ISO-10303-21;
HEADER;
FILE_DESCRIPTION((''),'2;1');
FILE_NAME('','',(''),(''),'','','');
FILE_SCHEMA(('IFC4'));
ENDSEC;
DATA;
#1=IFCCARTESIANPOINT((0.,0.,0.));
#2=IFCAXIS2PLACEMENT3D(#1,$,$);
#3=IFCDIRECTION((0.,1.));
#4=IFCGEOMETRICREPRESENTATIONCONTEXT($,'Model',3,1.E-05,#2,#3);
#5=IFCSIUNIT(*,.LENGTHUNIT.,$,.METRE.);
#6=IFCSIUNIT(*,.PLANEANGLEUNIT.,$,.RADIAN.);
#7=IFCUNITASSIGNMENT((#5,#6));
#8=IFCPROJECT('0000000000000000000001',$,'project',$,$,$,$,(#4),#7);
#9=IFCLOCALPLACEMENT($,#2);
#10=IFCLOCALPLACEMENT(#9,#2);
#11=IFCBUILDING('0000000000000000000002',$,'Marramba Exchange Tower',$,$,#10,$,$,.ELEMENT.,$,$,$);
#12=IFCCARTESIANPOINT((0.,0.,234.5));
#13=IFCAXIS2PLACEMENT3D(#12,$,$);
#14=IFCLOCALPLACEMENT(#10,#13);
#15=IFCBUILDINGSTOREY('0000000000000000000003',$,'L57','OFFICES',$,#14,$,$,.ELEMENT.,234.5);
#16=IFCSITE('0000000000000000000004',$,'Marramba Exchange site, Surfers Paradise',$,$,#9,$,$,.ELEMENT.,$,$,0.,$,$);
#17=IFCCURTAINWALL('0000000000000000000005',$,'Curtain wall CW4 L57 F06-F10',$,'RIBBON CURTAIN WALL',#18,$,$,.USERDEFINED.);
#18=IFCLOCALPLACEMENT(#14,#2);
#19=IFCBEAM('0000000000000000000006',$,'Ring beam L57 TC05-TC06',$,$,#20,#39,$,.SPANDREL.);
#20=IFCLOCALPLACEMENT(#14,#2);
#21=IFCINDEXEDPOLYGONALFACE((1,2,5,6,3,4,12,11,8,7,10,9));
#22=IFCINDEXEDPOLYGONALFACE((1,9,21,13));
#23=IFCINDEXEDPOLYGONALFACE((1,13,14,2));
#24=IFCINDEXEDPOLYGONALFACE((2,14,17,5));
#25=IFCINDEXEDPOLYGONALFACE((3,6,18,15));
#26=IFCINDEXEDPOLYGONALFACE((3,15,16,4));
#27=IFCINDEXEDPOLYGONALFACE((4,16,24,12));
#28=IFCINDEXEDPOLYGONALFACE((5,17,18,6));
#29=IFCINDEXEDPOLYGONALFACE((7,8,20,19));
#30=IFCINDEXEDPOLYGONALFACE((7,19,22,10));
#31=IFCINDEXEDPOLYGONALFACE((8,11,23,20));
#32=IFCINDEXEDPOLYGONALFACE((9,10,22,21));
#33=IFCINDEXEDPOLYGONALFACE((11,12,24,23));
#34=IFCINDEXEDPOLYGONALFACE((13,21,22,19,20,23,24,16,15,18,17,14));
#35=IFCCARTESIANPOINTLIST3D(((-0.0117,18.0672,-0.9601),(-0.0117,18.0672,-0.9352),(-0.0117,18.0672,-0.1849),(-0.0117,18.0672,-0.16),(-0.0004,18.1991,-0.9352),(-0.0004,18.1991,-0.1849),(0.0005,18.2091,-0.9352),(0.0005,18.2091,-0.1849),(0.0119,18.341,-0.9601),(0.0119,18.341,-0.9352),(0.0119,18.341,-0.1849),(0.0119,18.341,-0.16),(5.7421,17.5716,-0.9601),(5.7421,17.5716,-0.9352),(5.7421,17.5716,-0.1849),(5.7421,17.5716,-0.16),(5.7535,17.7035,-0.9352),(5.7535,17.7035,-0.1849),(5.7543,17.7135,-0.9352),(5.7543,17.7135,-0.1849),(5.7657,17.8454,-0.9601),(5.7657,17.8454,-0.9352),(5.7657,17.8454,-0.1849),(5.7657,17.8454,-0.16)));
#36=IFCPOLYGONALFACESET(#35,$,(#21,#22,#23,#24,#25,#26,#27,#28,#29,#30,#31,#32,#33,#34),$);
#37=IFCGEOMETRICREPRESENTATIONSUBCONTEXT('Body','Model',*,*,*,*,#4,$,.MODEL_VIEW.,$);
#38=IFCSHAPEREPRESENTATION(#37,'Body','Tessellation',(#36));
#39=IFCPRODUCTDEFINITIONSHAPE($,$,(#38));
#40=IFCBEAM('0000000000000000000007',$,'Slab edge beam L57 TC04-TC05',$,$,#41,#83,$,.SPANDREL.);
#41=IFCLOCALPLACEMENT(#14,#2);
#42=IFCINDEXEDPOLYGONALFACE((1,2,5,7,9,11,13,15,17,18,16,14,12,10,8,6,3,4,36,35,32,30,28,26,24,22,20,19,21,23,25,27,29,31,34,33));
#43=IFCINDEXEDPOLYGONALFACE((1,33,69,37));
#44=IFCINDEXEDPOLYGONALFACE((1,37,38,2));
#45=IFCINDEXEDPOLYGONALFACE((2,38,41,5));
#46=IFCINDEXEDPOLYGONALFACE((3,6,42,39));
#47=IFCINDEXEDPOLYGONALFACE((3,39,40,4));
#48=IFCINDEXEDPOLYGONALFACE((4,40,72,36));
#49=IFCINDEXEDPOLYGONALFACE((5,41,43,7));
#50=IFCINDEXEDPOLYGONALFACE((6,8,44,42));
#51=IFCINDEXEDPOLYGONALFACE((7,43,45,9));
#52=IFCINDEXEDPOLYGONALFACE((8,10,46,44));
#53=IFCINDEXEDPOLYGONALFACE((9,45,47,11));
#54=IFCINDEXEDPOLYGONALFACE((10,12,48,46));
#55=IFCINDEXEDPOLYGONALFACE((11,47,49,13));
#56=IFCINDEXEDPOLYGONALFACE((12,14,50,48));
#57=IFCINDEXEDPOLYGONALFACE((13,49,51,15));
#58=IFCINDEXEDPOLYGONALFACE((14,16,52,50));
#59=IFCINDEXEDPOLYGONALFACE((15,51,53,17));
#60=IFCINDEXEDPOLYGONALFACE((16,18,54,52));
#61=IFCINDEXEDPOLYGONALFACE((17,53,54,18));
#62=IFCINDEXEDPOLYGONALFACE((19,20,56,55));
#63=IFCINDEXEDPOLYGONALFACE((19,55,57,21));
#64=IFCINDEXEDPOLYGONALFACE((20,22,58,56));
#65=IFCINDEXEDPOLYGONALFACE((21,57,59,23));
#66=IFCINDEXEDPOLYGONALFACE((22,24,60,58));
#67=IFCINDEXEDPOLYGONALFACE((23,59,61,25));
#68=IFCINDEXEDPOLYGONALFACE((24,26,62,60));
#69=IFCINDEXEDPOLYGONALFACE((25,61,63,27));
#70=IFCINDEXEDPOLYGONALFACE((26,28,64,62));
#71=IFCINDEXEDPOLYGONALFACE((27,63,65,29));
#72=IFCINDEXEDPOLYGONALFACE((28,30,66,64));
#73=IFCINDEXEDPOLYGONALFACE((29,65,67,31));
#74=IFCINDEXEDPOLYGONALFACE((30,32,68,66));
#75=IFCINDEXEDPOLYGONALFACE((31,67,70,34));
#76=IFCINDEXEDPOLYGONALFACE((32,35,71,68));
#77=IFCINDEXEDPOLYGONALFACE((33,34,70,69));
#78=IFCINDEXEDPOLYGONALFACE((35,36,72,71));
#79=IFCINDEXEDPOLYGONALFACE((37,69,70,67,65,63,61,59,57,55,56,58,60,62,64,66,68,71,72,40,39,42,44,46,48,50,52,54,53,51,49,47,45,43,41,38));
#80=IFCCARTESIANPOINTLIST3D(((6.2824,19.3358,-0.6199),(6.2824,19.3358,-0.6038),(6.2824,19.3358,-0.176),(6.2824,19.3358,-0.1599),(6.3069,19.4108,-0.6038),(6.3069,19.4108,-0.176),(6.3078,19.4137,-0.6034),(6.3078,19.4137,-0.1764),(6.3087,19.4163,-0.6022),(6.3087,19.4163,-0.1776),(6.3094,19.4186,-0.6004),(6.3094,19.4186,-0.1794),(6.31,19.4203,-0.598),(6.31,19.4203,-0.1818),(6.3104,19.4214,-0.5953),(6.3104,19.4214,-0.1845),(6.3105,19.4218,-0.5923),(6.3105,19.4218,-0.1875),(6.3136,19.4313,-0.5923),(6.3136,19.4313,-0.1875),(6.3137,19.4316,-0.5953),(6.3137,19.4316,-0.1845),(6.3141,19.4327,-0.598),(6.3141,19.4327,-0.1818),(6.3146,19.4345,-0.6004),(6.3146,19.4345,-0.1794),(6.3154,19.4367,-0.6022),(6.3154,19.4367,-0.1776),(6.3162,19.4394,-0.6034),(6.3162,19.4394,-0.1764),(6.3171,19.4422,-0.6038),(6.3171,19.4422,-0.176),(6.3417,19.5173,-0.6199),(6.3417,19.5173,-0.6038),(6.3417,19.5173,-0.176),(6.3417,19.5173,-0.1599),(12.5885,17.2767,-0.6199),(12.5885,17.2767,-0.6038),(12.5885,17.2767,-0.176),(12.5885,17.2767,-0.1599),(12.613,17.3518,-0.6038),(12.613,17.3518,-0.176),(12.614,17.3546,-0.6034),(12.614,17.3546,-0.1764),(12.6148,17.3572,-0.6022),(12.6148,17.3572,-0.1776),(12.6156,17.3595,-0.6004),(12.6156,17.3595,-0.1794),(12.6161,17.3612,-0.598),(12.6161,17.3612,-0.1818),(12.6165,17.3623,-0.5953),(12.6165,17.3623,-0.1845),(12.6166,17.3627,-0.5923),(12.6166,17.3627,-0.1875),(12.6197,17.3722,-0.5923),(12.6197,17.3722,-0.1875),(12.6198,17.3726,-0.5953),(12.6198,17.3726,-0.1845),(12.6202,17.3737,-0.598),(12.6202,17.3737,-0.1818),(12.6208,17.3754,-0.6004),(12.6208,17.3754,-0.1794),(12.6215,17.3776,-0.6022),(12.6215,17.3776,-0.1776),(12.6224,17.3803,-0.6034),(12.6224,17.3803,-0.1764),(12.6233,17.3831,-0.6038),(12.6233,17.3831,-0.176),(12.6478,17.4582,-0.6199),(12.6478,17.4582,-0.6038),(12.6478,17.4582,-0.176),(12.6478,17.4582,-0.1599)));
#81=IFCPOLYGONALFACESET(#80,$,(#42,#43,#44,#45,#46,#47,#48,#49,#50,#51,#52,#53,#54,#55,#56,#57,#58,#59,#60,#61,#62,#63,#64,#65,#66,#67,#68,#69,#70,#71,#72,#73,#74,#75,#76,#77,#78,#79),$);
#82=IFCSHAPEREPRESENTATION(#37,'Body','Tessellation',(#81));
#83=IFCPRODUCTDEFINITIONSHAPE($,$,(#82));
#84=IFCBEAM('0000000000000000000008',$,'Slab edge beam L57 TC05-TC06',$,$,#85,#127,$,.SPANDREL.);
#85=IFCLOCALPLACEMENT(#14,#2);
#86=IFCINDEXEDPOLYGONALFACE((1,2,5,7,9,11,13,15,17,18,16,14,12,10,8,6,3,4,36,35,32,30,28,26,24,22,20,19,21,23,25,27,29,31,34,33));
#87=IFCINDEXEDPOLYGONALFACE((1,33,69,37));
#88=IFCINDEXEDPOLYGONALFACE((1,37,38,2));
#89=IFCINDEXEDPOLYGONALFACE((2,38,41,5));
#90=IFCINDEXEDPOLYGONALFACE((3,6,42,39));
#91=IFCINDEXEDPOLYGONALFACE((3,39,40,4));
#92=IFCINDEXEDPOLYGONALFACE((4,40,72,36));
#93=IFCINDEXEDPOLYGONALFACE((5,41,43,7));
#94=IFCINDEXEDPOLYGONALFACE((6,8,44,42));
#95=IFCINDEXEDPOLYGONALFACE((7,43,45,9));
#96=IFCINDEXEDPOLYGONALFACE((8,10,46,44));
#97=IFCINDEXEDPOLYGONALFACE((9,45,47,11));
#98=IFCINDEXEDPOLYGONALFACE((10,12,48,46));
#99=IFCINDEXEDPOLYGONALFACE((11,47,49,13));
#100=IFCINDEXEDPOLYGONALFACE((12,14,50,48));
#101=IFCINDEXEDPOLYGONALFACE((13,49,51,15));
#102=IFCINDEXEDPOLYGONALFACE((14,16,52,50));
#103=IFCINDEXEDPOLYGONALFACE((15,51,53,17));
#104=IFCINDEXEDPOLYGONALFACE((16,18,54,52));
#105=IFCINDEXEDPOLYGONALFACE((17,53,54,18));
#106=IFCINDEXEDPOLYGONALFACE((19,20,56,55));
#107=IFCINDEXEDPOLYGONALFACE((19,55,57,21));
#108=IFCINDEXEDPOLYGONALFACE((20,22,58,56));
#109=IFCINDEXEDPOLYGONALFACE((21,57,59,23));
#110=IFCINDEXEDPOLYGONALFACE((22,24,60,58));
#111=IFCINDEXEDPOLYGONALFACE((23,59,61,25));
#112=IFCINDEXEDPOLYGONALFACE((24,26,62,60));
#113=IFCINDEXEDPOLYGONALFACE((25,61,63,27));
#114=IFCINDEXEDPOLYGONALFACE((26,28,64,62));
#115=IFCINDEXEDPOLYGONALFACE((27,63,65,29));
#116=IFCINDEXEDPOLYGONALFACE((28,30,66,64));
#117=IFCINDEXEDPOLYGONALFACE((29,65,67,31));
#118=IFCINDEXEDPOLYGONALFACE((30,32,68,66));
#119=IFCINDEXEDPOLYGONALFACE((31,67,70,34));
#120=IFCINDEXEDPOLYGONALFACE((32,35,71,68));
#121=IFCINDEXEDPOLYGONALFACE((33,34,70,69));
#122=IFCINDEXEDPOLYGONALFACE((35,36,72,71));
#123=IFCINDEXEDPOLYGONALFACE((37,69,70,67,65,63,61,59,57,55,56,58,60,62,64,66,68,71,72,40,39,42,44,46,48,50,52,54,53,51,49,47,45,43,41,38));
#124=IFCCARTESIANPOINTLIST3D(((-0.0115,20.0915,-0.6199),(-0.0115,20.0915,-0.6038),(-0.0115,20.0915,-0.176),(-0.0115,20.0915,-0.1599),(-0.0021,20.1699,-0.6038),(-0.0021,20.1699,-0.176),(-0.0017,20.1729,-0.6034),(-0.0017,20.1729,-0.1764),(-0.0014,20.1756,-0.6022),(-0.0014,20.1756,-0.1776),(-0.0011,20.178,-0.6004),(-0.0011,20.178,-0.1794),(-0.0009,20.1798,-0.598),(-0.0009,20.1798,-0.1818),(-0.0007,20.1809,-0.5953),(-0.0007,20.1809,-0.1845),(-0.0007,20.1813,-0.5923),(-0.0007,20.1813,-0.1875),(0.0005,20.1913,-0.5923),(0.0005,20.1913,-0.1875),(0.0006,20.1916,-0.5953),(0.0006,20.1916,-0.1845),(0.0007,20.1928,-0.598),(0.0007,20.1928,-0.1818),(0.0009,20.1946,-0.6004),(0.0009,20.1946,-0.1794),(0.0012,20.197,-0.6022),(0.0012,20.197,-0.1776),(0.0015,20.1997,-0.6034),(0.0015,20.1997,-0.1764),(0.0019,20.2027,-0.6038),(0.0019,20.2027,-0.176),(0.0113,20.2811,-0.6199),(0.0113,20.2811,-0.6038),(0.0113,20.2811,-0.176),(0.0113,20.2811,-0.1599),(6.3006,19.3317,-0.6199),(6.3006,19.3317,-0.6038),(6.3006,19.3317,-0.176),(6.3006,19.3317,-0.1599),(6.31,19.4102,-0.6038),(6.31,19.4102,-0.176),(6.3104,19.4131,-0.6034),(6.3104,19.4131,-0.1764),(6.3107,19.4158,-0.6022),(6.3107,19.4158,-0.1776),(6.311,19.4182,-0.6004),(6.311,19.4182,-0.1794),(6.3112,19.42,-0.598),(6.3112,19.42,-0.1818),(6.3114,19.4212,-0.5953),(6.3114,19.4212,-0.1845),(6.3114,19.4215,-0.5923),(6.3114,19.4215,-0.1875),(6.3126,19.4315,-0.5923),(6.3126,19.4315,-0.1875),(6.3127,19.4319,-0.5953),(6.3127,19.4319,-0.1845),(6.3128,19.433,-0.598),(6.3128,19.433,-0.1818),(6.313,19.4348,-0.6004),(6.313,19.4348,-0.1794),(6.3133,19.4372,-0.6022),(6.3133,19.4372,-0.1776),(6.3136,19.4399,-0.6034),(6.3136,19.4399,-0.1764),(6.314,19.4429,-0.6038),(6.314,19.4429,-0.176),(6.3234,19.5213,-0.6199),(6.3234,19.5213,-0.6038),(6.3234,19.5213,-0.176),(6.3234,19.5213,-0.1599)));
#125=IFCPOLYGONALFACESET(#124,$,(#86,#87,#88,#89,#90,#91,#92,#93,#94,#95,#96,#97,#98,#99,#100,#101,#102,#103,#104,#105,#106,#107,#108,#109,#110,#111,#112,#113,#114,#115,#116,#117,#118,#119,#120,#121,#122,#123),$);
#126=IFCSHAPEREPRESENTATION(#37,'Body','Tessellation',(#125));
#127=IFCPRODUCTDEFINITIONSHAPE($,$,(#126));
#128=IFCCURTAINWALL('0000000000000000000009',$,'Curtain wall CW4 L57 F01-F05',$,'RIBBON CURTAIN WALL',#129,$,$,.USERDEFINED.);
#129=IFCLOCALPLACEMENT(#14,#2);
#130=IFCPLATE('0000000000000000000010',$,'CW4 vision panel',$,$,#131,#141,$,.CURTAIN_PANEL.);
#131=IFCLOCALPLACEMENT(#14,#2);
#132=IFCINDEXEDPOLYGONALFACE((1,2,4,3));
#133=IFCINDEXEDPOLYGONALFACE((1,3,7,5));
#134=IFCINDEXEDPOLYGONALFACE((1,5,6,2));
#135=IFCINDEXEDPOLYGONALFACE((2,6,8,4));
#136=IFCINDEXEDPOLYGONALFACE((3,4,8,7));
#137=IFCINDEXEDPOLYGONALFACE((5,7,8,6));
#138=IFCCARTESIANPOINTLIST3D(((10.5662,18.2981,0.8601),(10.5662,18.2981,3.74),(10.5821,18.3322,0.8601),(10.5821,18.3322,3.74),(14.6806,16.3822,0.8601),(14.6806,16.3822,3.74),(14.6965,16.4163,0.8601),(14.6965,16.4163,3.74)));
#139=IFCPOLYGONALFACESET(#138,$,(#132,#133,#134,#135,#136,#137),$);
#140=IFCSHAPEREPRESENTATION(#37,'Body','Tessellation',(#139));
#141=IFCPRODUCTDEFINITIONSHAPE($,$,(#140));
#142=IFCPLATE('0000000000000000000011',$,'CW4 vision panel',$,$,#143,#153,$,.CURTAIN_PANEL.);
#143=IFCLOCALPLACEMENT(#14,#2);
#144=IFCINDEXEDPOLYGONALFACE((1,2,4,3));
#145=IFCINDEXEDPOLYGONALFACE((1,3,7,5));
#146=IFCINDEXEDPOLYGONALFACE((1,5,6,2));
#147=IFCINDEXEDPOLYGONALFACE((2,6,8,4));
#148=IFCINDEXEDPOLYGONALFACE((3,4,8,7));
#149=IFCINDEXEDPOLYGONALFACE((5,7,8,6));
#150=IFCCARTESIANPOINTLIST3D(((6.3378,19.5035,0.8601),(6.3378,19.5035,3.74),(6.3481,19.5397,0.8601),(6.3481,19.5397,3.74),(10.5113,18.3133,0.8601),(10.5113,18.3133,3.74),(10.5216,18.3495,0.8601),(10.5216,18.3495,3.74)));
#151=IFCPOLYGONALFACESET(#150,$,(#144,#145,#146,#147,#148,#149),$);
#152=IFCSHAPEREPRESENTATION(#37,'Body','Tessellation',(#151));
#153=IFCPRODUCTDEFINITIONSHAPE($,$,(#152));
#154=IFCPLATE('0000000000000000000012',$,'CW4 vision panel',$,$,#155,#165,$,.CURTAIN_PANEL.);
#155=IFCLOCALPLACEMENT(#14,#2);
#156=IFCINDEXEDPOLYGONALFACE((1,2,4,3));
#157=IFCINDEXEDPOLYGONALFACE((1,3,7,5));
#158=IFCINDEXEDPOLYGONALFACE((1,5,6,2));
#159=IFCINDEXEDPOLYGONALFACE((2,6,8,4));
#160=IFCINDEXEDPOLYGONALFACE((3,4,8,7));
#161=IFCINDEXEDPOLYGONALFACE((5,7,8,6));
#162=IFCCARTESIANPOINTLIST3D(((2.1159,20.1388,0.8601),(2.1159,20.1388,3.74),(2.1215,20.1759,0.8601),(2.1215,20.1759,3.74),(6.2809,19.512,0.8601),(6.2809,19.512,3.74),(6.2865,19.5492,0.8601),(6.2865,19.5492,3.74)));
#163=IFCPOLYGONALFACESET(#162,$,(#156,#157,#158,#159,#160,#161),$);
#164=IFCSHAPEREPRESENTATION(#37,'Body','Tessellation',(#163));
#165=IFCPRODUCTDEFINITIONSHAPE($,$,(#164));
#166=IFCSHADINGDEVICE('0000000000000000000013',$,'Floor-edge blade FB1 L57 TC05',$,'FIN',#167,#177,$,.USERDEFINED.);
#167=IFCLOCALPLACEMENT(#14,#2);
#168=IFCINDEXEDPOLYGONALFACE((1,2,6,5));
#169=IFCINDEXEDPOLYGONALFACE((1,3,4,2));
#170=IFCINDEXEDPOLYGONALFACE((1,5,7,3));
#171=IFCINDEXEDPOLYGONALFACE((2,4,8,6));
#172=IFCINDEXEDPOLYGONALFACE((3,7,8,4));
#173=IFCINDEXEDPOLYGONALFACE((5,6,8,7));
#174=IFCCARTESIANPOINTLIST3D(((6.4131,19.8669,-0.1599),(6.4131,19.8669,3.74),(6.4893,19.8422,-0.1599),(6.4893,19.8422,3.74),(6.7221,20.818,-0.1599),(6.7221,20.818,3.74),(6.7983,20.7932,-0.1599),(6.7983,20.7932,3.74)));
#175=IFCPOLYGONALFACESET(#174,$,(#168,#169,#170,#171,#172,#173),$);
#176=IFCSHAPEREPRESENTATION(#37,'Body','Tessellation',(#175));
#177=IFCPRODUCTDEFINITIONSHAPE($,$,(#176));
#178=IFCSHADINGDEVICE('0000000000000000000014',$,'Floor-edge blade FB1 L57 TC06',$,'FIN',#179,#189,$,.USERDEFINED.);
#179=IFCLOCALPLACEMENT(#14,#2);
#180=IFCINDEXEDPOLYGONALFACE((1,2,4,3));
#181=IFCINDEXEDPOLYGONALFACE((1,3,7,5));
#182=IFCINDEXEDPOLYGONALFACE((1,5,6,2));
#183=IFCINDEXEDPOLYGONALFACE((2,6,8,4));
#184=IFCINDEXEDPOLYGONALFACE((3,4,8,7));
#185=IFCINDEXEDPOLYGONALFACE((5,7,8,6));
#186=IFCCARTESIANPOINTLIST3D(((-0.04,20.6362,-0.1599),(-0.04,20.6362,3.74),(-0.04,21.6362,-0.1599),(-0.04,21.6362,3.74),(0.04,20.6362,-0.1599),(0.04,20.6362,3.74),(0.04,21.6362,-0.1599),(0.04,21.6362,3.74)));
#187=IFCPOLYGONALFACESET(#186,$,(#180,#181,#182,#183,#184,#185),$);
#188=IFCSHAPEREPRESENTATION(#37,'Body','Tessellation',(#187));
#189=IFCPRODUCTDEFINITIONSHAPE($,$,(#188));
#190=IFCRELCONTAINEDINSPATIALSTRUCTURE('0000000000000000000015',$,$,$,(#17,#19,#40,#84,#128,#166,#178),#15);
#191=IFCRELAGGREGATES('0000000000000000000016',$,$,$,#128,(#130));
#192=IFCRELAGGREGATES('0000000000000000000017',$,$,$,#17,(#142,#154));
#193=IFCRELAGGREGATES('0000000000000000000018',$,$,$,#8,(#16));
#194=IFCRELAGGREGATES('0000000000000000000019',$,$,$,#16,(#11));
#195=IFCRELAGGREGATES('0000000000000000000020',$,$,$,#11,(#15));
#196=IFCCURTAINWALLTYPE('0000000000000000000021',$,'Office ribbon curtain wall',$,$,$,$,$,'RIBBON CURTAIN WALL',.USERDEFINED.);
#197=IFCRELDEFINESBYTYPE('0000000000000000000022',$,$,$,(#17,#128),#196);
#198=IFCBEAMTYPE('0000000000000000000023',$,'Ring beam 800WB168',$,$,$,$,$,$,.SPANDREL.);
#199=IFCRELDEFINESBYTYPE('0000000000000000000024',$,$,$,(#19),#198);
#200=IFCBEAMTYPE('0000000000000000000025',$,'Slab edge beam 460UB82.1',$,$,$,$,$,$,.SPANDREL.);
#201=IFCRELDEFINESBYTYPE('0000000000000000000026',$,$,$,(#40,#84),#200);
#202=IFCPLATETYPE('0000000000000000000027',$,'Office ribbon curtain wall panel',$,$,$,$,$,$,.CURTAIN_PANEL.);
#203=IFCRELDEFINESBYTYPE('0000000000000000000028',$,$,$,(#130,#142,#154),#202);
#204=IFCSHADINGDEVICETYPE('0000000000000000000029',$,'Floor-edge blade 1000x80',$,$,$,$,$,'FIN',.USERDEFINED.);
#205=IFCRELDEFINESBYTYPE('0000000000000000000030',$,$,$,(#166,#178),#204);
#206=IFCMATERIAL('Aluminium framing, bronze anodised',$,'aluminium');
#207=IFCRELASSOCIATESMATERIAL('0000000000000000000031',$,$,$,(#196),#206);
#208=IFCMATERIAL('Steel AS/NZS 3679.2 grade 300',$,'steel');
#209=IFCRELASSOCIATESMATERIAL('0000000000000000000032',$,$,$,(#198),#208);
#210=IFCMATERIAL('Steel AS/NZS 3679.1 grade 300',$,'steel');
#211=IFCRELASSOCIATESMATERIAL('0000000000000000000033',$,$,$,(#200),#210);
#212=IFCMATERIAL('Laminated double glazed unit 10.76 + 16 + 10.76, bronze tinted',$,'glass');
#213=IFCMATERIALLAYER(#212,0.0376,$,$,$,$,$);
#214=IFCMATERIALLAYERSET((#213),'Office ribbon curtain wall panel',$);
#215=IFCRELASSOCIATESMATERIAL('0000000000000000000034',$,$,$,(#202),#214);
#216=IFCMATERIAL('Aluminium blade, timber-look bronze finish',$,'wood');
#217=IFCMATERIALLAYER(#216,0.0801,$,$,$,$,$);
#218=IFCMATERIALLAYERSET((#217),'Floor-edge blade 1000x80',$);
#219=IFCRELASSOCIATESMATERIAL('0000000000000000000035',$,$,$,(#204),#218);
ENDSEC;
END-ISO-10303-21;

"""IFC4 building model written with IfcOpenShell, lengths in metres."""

from ifc_helpers import new_model, si_unit, direction, frame, origin, origin_2d, place, context, subcontext, project, spatial, rectangle, i_section, extrude, material, layer, layer_set, material_profile, profile_set, type_object, element, aggregate, save


model = new_model("IFC4")

# Units and contexts
model_context = context("Model", 3, precision=1e-05, world=origin(), true_north=direction((0.0, 1.0)))
body_context = subcontext(model_context, "Body", "Model", "MODEL_VIEW")
ifc_project = project(units=[si_unit("LENGTHUNIT", "METRE"), si_unit("PLANEANGLEUNIT", "RADIAN")], contexts=[model_context])

# Site, building, storey
site_placement = place(None, origin())
site = spatial("IfcSite", under=ifc_project, at=site_placement, Name="Marramba Exchange site, Surfers Paradise", CompositionType="ELEMENT", RefElevation=0.0)
building_placement = place(site_placement, origin())
building = spatial("IfcBuilding", under=site, at=building_placement, Name="Marramba Exchange Tower", CompositionType="ELEMENT")
storey_placement = place(building_placement, frame((0.0, 0.0, 234.5)))
storey = spatial("IfcBuildingStorey", under=building, at=storey_placement, Name="L57", Description="OFFICES", CompositionType="ELEMENT", Elevation=234.5)

# Shared definitions
ifc_material_1 = material(Name="Steel AS/NZS 3679.2 grade 300", Category="steel")

# Curtain wall
ifc_material_2 = material(Name="Aluminium framing, bronze anodised", Category="aluminium")
curtain_wall_type = type_object("IfcCurtainWallType", Name="Office ribbon curtain wall", ElementType="RIBBON CURTAIN WALL", PredefinedType="USERDEFINED", material=ifc_material_2)
curtain_wall_1_placement = place(storey_placement, origin())
curtain_wall_1 = element("IfcCurtainWall", 1, at=curtain_wall_1_placement, inside=storey, type_object=curtain_wall_type, Name="Curtain wall CW4 L57 F06-F10", ObjectType="RIBBON CURTAIN WALL", PredefinedType="USERDEFINED")

# Beams
ifc_material_profile_1 = material_profile(ifc_material_1, i_section(OverallWidth=0.2749, OverallDepth=0.8, WebThickness=0.01, FlangeThickness=0.0249, at=origin_2d()), Name="800WB168")
ifc_profile_set_1 = profile_set([ifc_material_profile_1], Name="Steel AS/NZS 3679.2 grade 300")
beam_type_1 = type_object("IfcBeamType", Name="Ring beam 800WB168", PredefinedType="SPANDREL", material=ifc_profile_set_1)
beam_1_placement = place(storey_placement, frame((5.7539, 17.7085, -0.5601), z_axis=(-0.996311, 0.085816, 0.0), x_axis=(-0.085816, -0.996311, 0.0)))
element("IfcBeam", 2, at=beam_1_placement, inside=storey, type_object=beam_type_1, Name="Ring beam L57 TC05-TC06", PredefinedType="SPANDREL", context=body_context, shape_type="SweptSolid", body=[
    extrude(i_section(OverallWidth=0.2749, OverallDepth=0.8, WebThickness=0.01, FlangeThickness=0.0249, at=origin_2d()), origin(), (0.0, 0.0, 1.0), 5.7751),
])
ifc_material_3 = material(Name="Steel AS/NZS 3679.1 grade 300", Category="steel")
ifc_material_profile_2 = material_profile(ifc_material_3, i_section(OverallWidth=0.1909, OverallDepth=0.46, WebThickness=0.01, FlangeThickness=0.0161, FilletRadius=0.0115, at=origin_2d()), Name="460UB82.1")
ifc_profile_set_2 = profile_set([ifc_material_profile_2], Name="Steel AS/NZS 3679.1 grade 300")
beam_type_2 = type_object("IfcBeamType", Name="Slab edge beam 460UB82.1", PredefinedType="SPANDREL", material=ifc_profile_set_2)
beam_2_placement = place(storey_placement, frame((12.6182, 17.3674, -0.3899), z_axis=(-0.950609, 0.310392, 0.0), x_axis=(-0.310392, -0.950609, 0.0)))
element("IfcBeam", 3, at=beam_2_placement, inside=storey, type_object=beam_type_2, Name="Slab edge beam L57 TC04-TC05", PredefinedType="SPANDREL", context=body_context, shape_type="SweptSolid", body=[
    extrude(i_section(OverallWidth=0.1909, OverallDepth=0.46, WebThickness=0.01, FlangeThickness=0.0161, FilletRadius=0.0115, at=origin_2d()), origin(), (0.0, 0.0, 1.0), 6.6338),
])
beam_3_placement = place(storey_placement, frame((6.312, 19.4265, -0.3899), z_axis=(-0.992834, 0.119506, 0.0), x_axis=(-0.119506, -0.992834, 0.0)))
element("IfcBeam", 4, at=beam_3_placement, inside=storey, type_object=beam_type_2, Name="Slab edge beam L57 TC05-TC06", PredefinedType="SPANDREL", context=body_context, shape_type="SweptSolid", body=[
    extrude(i_section(OverallWidth=0.1909, OverallDepth=0.46, WebThickness=0.01, FlangeThickness=0.0161, FilletRadius=0.0115, at=origin_2d()), origin(), (0.0, 0.0, 1.0), 6.3577),
])

# Curtain wall, plate
curtain_wall_2_placement = place(storey_placement, origin())
curtain_wall_2 = element("IfcCurtainWall", 5, at=curtain_wall_2_placement, inside=storey, type_object=curtain_wall_type, Name="Curtain wall CW4 L57 F01-F05", ObjectType="RIBBON CURTAIN WALL", PredefinedType="USERDEFINED")
ifc_material_4 = material(Name="Laminated double glazed unit 10.76 + 16 + 10.76, bronze tinted", Category="glass")
ifc_layer_1 = layer(ifc_material_4, 0.0376)
ifc_layer_set_1 = layer_set([ifc_layer_1], Name="Office ribbon curtain wall panel")
plate_type = type_object("IfcPlateType", Name="Office ribbon curtain wall panel", PredefinedType="CURTAIN_PANEL", material=ifc_layer_set_1)
plate_1_placement = place(storey_placement, frame((12.6313, 17.3572, 0.8601), z_axis=(0.0, 0.0, 1.0), x_axis=(-0.906534, 0.422133, 0.0)))
plate_1 = element("IfcPlate", 6, at=plate_1_placement, type_object=plate_type, Name="CW4 vision panel", PredefinedType="CURTAIN_PANEL", context=body_context, shape_type="SweptSolid", body=[
    extrude(rectangle(XDim=4.5386, YDim=0.0376, at=origin_2d()), origin(), (0.0, 0.0, 1.0), 2.8799),
])
aggregate(curtain_wall_2, [plate_1])

# Plates
plate_2_placement = place(storey_placement, frame((8.4297, 18.9265, 0.8601), z_axis=(0.0, 0.0, 1.0), x_axis=(-0.961659, 0.274248, 0.0)))
plate_2 = element("IfcPlate", 7, at=plate_2_placement, type_object=plate_type, Name="CW4 vision panel", PredefinedType="CURTAIN_PANEL", context=body_context, shape_type="SweptSolid", body=[
    extrude(rectangle(XDim=4.3398, YDim=0.0376, at=origin_2d()), origin(), (0.0, 0.0, 1.0), 2.8799),
])
plate_3_placement = place(storey_placement, frame((4.2012, 19.844, 0.8601), z_axis=(0.0, 0.0, 1.0), x_axis=(-0.988868, 0.148795, 0.0)))
plate_3 = element("IfcPlate", 8, at=plate_3_placement, type_object=plate_type, Name="CW4 vision panel", PredefinedType="CURTAIN_PANEL", context=body_context, shape_type="SweptSolid", body=[
    extrude(rectangle(XDim=4.2119, YDim=0.0376, at=origin_2d()), origin(), (0.0, 0.0, 1.0), 2.8799),
])
aggregate(curtain_wall_1, [plate_2, plate_3])

# Shading devices
ifc_material_5 = material(Name="Aluminium blade, timber-look bronze finish", Category="wood")
ifc_layer_2 = layer(ifc_material_5, 0.0801)
ifc_layer_set_2 = layer_set([ifc_layer_2], Name="Floor-edge blade 1000x80")
shading_device_type_1 = type_object("IfcShadingDeviceType", Name="Floor-edge blade 1000x80", ElementType="FIN", PredefinedType="USERDEFINED", material=ifc_layer_set_2)
for number, where, z_axis, x_axis, name in (
    (9, (6.6057, 20.3301, -0.1599), (0.0, 0.0, 1.0), (0.309017, 0.951057, 0.0), "Floor-edge blade FB1 L57 TC05"),
    (10, (0.0, 21.1362, -0.1599), (0.0, 0.0, 1.0), (0.0, 1.0, 0.0), "Floor-edge blade FB1 L57 TC06"),
):
    element("IfcShadingDevice", number, at=place(storey_placement, frame(where, z_axis=z_axis, x_axis=x_axis)), inside=storey, type_object=shading_device_type_1, Name=name, ObjectType="FIN", PredefinedType="USERDEFINED", context=body_context, shape_type="SweptSolid", body=[
        extrude(rectangle(XDim=1.0, YDim=0.0801, at=origin_2d()), origin(), (0.0, 0.0, 1.0), 3.8999),
    ])

save(model, "model.ifc")
